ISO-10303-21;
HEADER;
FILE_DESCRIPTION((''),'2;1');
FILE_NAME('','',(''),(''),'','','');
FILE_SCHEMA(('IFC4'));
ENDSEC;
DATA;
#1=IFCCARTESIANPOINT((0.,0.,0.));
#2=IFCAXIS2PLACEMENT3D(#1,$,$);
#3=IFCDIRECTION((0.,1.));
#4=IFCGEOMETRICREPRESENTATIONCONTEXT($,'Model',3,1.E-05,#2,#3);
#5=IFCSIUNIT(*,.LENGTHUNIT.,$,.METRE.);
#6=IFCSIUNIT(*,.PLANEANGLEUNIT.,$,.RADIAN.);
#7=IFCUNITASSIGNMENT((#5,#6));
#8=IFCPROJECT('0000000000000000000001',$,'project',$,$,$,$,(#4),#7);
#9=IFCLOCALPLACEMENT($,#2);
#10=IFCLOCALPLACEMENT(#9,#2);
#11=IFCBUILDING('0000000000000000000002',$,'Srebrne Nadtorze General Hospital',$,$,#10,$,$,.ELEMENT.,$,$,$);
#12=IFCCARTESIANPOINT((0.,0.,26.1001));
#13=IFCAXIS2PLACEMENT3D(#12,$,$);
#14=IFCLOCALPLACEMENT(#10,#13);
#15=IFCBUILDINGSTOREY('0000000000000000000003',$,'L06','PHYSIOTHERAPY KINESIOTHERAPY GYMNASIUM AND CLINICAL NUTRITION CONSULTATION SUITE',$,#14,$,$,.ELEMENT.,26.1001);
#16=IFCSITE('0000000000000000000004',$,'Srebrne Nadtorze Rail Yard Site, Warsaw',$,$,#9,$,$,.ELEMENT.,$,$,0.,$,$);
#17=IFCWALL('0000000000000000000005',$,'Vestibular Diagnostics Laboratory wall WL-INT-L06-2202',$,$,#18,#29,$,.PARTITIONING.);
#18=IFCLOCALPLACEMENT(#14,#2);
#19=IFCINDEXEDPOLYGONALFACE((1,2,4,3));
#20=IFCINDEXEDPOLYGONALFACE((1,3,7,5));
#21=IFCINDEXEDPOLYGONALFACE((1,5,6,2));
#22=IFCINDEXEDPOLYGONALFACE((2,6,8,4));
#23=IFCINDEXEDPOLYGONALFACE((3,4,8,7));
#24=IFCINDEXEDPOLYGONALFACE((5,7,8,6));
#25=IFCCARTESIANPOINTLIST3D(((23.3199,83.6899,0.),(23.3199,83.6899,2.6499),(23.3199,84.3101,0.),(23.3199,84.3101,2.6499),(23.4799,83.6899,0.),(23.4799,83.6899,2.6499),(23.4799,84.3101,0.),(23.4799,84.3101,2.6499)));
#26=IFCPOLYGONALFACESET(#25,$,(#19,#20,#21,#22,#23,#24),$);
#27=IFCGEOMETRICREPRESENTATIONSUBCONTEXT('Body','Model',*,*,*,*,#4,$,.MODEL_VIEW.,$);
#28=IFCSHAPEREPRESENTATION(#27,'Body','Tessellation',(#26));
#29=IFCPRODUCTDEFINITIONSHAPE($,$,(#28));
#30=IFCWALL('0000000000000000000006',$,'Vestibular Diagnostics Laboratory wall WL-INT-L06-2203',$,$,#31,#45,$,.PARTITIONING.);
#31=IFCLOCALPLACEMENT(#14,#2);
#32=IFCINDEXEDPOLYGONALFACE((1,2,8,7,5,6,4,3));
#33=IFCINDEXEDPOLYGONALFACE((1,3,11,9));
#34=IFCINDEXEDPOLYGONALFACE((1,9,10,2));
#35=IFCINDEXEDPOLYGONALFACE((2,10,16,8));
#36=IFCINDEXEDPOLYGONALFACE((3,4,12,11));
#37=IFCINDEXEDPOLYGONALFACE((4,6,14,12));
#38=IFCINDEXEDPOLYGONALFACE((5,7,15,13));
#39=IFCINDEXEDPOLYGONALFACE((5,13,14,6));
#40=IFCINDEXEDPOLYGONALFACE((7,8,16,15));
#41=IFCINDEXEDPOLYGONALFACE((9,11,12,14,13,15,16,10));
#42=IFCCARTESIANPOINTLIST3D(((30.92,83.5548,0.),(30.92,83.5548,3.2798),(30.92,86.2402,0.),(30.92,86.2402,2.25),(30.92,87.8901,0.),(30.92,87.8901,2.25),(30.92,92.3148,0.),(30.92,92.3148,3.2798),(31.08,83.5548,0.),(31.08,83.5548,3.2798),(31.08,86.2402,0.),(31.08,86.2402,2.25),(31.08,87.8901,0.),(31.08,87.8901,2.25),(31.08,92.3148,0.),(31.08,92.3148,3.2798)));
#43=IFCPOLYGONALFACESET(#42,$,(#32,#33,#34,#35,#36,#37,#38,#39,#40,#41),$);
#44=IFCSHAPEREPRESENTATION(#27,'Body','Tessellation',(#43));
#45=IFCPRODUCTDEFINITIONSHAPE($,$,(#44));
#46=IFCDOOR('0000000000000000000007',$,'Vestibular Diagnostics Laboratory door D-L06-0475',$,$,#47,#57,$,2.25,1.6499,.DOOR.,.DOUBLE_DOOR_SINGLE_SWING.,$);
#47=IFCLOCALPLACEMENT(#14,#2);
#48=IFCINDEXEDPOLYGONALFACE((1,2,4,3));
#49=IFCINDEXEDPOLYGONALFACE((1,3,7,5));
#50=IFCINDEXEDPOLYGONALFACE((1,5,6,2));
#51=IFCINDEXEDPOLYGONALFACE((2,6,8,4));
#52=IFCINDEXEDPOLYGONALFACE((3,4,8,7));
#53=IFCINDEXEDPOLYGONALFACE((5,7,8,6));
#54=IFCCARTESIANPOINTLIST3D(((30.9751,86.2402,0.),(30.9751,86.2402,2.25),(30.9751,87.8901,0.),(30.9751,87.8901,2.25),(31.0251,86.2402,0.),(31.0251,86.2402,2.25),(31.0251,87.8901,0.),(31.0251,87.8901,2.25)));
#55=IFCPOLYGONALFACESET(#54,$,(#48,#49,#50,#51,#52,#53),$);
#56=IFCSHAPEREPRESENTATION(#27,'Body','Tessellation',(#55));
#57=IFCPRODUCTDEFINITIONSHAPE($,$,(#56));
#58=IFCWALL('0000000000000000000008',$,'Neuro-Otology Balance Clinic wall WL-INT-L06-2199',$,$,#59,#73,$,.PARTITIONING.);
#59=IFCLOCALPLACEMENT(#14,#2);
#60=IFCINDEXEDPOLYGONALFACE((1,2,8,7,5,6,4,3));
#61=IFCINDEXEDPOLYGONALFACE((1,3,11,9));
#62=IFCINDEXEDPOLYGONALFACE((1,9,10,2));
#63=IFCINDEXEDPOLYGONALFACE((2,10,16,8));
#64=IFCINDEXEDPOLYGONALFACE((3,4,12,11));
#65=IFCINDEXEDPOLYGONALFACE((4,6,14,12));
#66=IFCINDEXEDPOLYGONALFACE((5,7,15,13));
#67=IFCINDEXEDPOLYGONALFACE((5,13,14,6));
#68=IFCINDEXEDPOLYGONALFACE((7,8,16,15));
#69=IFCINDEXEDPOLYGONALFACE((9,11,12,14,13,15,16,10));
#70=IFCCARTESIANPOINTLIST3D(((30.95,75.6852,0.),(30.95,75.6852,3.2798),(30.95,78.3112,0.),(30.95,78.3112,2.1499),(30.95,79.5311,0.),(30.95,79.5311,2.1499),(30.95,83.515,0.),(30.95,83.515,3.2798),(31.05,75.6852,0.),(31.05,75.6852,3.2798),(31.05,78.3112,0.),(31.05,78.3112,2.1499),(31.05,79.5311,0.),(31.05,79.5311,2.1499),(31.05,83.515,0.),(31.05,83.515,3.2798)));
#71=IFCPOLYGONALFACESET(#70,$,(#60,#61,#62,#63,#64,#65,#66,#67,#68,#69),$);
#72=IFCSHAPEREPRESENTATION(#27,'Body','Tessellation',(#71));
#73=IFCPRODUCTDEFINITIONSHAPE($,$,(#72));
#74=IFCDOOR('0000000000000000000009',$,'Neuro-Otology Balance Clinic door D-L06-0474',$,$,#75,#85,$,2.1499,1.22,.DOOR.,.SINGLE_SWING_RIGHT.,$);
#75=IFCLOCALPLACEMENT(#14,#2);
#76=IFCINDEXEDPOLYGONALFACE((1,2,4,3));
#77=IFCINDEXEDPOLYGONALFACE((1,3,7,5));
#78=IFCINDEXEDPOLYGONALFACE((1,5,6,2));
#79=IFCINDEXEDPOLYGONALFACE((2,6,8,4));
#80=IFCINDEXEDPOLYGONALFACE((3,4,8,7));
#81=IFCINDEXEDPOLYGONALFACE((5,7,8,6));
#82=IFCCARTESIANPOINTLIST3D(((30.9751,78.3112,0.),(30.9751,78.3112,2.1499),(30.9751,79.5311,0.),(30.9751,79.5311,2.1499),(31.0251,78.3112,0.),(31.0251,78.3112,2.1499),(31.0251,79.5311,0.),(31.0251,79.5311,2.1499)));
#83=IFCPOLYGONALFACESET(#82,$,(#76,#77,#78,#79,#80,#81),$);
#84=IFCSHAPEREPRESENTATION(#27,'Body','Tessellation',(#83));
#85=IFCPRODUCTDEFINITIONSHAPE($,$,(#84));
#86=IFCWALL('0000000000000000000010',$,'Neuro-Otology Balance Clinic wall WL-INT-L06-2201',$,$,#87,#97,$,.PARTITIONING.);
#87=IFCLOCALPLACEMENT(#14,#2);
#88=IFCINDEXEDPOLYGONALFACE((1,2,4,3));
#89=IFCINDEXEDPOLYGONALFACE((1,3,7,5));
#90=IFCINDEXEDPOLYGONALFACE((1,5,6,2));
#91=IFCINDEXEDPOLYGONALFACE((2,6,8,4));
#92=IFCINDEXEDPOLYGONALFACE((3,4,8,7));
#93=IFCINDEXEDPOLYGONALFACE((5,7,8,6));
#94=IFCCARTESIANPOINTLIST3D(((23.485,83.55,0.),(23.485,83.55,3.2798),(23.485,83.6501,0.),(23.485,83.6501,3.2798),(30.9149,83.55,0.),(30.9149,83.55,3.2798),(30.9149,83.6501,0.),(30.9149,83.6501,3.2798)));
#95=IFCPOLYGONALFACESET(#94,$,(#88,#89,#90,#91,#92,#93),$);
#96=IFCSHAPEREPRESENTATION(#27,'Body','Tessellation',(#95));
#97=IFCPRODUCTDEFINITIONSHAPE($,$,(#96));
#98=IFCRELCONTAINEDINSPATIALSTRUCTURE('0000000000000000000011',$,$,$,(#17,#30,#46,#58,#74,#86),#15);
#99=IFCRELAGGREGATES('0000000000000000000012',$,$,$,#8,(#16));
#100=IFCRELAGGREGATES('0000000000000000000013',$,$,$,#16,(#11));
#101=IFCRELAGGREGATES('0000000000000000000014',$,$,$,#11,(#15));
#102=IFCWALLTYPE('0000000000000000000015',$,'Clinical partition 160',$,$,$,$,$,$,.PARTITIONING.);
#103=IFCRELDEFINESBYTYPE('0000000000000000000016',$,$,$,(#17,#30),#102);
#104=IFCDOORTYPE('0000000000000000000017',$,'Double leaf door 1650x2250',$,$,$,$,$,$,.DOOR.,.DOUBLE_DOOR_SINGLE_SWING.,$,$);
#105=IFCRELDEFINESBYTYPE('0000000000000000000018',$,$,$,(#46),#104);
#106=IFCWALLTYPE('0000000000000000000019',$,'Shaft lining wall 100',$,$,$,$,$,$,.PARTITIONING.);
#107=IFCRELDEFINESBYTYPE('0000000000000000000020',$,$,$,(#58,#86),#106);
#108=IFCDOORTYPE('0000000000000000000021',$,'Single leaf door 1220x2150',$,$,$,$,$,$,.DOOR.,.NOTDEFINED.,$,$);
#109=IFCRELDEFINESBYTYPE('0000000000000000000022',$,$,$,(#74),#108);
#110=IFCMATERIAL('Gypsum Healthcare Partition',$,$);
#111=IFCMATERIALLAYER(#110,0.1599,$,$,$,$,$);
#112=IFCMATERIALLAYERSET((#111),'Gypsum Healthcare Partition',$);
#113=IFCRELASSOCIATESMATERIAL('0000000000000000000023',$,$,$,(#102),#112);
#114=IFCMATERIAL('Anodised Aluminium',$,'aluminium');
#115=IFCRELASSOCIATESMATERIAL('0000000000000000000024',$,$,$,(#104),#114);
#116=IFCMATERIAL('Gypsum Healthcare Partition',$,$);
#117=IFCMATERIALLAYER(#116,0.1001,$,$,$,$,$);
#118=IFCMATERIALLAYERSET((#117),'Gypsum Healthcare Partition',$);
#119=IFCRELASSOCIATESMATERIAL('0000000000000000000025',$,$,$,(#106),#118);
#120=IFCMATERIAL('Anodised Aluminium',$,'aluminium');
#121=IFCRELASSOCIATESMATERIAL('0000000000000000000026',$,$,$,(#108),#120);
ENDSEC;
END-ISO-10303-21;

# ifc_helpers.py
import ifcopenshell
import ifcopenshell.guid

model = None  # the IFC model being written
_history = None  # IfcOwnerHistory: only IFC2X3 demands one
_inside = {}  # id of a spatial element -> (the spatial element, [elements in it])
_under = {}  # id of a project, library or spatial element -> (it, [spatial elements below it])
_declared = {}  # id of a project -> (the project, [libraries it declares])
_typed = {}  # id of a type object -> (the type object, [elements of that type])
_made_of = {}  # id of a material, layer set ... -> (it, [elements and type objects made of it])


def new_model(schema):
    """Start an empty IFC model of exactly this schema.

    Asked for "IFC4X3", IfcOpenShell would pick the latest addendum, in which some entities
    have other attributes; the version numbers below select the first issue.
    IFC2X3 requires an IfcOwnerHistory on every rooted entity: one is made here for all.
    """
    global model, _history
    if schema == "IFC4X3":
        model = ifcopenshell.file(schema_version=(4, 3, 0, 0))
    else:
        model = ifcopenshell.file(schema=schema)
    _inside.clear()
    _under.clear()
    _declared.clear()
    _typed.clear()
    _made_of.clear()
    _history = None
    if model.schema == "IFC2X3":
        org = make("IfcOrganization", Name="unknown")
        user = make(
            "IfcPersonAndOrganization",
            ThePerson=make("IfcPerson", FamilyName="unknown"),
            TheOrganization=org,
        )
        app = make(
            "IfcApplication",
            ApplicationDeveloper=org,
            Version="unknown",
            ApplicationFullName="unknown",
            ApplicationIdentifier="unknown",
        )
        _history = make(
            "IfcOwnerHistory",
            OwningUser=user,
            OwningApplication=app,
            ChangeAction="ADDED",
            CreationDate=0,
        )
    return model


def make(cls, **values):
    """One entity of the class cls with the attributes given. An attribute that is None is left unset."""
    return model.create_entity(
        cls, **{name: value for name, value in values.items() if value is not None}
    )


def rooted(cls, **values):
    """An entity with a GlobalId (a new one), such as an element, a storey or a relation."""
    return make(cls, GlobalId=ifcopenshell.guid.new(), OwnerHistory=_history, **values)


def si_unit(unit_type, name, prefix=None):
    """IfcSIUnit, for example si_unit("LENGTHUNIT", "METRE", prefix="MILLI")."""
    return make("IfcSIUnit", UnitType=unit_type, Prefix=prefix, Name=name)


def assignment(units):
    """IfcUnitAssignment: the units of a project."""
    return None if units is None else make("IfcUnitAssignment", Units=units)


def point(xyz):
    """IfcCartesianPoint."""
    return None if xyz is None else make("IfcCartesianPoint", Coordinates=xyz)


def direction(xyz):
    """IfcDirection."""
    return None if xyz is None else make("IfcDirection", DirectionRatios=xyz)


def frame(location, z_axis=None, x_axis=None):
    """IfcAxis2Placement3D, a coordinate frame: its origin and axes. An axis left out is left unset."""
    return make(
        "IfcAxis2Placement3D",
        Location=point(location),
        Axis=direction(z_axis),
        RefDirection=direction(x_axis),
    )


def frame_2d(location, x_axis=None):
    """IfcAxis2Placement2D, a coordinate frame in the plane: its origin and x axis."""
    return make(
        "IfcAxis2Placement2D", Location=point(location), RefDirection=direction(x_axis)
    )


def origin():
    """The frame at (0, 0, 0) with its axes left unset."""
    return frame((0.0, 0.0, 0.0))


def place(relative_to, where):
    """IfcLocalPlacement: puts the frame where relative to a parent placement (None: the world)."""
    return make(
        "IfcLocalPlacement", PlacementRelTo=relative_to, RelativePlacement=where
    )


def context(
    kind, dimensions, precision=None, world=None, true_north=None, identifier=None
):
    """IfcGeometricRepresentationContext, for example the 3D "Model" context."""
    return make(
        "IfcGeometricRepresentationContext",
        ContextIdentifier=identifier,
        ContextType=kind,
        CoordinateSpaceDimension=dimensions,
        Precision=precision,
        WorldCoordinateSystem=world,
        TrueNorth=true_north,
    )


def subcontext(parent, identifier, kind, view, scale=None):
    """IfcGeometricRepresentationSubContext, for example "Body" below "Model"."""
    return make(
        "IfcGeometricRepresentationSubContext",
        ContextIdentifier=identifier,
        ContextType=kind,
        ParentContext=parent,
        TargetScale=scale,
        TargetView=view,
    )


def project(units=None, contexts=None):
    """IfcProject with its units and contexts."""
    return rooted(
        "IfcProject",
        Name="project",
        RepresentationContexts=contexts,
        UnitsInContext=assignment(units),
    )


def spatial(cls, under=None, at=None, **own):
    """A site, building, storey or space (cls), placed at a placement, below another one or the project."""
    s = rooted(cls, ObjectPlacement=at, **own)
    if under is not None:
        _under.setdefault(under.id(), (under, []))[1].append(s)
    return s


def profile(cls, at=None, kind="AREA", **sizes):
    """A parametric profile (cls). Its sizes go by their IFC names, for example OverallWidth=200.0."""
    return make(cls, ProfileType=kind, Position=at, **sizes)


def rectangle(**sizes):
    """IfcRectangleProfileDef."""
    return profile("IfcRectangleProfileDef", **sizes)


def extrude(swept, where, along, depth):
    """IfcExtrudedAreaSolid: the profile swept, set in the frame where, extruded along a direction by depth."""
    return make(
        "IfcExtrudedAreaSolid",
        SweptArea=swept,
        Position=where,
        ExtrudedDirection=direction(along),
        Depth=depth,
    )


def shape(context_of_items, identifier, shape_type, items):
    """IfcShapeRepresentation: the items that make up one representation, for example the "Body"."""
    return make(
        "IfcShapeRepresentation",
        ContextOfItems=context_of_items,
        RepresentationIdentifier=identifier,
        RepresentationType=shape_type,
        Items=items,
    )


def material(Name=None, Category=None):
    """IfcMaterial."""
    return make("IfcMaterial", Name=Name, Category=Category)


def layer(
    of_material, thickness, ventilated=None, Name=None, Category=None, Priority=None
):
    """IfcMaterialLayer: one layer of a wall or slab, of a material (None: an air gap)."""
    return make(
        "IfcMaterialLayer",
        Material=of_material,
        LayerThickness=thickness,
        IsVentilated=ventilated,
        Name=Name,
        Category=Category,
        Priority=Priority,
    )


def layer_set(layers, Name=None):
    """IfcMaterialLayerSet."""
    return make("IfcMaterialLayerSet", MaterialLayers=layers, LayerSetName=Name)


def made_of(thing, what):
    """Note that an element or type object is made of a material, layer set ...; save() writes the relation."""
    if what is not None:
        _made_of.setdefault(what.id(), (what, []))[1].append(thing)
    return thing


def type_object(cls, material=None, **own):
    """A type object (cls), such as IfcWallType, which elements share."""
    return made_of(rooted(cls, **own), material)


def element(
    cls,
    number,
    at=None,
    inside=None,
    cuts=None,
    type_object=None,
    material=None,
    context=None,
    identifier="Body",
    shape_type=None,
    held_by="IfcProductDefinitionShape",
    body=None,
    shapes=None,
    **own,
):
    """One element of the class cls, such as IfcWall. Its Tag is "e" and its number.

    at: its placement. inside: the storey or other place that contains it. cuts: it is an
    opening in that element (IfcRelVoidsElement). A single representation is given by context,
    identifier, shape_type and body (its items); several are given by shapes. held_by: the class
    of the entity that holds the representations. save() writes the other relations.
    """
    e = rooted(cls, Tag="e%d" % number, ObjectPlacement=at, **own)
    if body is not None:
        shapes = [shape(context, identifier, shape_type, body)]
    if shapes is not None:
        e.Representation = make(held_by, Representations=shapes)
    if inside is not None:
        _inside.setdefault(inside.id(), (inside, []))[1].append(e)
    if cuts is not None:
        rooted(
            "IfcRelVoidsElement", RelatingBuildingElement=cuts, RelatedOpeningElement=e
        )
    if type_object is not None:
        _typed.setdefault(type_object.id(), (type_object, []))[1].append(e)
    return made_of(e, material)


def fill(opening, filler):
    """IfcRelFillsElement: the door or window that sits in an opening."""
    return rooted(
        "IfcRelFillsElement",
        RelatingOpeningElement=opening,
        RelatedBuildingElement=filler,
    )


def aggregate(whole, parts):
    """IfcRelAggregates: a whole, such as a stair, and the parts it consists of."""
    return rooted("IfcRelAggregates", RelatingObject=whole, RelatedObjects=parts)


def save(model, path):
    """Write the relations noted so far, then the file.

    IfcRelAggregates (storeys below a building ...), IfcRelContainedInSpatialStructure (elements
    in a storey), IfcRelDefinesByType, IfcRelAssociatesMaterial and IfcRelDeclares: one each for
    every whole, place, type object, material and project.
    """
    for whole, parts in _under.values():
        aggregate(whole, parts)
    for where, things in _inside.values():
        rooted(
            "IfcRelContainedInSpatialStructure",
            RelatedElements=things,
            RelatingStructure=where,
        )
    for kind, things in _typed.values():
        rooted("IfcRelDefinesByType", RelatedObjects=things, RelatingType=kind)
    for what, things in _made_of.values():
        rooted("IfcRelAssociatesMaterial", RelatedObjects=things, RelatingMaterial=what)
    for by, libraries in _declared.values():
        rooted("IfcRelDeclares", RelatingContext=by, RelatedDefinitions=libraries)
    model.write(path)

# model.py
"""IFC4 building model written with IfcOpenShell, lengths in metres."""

from ifc_helpers import new_model, si_unit, direction, frame, frame_2d, origin, place, context, subcontext, project, spatial, rectangle, extrude, material, layer, layer_set, type_object, element, fill, save


model = new_model("IFC4")

# Units and contexts
model_context = context("Model", 3, precision=1e-05, world=origin(), true_north=direction((0.0, 1.0)))
body_context = subcontext(model_context, "Body", "Model", "MODEL_VIEW")
ifc_project = project(units=[si_unit("LENGTHUNIT", "METRE"), si_unit("PLANEANGLEUNIT", "RADIAN")], contexts=[model_context])

# Site, building, storey
site_placement = place(None, origin())
site = spatial("IfcSite", under=ifc_project, at=site_placement, Name="Srebrne Nadtorze Rail Yard Site, Warsaw", CompositionType="ELEMENT", RefElevation=0.0)
building_placement = place(site_placement, origin())
building = spatial("IfcBuilding", under=site, at=building_placement, Name="Srebrne Nadtorze General Hospital", CompositionType="ELEMENT")
storey_placement = place(building_placement, frame((0.0, 0.0, 26.1001)))
storey = spatial("IfcBuildingStorey", under=building, at=storey_placement, Name="L06", Description="PHYSIOTHERAPY KINESIOTHERAPY GYMNASIUM AND CLINICAL NUTRITION CONSULTATION SUITE", CompositionType="ELEMENT", Elevation=26.1001)

# Shared definitions
ifc_material_1 = material(Name="Gypsum Healthcare Partition")
ifc_layer_1 = layer(ifc_material_1, 0.1599)
ifc_layer_set_1 = layer_set([ifc_layer_1], Name="Gypsum Healthcare Partition")
wall_type_1 = type_object("IfcWallType", Name="Clinical partition 160", PredefinedType="PARTITIONING", material=ifc_layer_set_1)

# Wall
wall_1_placement = place(storey_placement, frame((23.3999, 83.6899, 0.0), z_axis=(0.0, 0.0, 1.0), x_axis=(0.0, 1.0, 0.0)))
element("IfcWall", 1, at=wall_1_placement, inside=storey, type_object=wall_type_1, Name="Vestibular Diagnostics Laboratory wall WL-INT-L06-2202", PredefinedType="PARTITIONING", context=body_context, shape_type="SweptSolid", body=[
    extrude(rectangle(XDim=0.6201, YDim=0.1599, at=frame_2d((0.3101, 0.0))), origin(), (0.0, 0.0, 1.0), 2.6499),
])

# Walls, openings, doors
wall_2_placement = place(storey_placement, frame((31.0, 83.5549, 0.0), z_axis=(0.0, 0.0, 1.0), x_axis=(0.0, 1.0, 0.0)))
wall_2 = element("IfcWall", 2, at=wall_2_placement, inside=storey, type_object=wall_type_1, Name="Vestibular Diagnostics Laboratory wall WL-INT-L06-2203", PredefinedType="PARTITIONING", context=body_context, shape_type="SweptSolid", body=[
    extrude(rectangle(XDim=8.76, YDim=0.1599, at=frame_2d((4.3799, 0.0))), origin(), (0.0, 0.0, 1.0), 3.2798),
])
opening_1_placement = place(wall_2_placement, frame((2.6853, 0.0, 0.0)))
opening_1 = element("IfcOpeningElement", 3, at=opening_1_placement, cuts=wall_2, PredefinedType="OPENING", context=body_context, shape_type="SweptSolid", body=[
    extrude(rectangle(XDim=1.6499, YDim=2.25, at=frame_2d((0.825, 1.125))), frame((0.0, 0.0918, 0.0), z_axis=(0.0, -1.0, 0.0), x_axis=(1.0, 0.0, 0.0)), (0.0, 0.0, 1.0), 0.1838),
])
ifc_material_2 = material(Name="Anodised Aluminium", Category="aluminium")
door_type_1 = type_object("IfcDoorType", Name="Double leaf door 1650x2250", OperationType="DOUBLE_DOOR_SINGLE_SWING", PredefinedType="DOOR", material=ifc_material_2)
door_1_placement = place(opening_1_placement, origin())
door_1 = element("IfcDoor", 4, at=door_1_placement, inside=storey, type_object=door_type_1, Name="Vestibular Diagnostics Laboratory door D-L06-0475", OperationType="DOUBLE_DOOR_SINGLE_SWING", OverallHeight=2.25, OverallWidth=1.6499, PredefinedType="DOOR", context=body_context, shape_type="SweptSolid", body=[
    extrude(rectangle(XDim=1.6499, YDim=2.25, at=frame_2d((0.825, 1.125))), frame((0.0, 0.0249, 0.0), z_axis=(0.0, -1.0, 0.0), x_axis=(1.0, 0.0, 0.0)), (0.0, 0.0, 1.0), 0.05),
])
fill(opening_1, door_1)
ifc_material_3 = material(Name="Gypsum Healthcare Partition")
ifc_layer_2 = layer(ifc_material_3, 0.1001)
ifc_layer_set_2 = layer_set([ifc_layer_2], Name="Gypsum Healthcare Partition")
wall_type_2 = type_object("IfcWallType", Name="Shaft lining wall 100", PredefinedType="PARTITIONING", material=ifc_layer_set_2)
wall_3_placement = place(storey_placement, frame((31.0, 75.6851, 0.0), z_axis=(0.0, 0.0, 1.0), x_axis=(0.0, 1.0, 0.0)))
wall_3 = element("IfcWall", 5, at=wall_3_placement, inside=storey, type_object=wall_type_2, Name="Neuro-Otology Balance Clinic wall WL-INT-L06-2199", PredefinedType="PARTITIONING", context=body_context, shape_type="SweptSolid", body=[
    extrude(rectangle(XDim=7.8298, YDim=0.1001, at=frame_2d((3.915, 0.0))), origin(), (0.0, 0.0, 1.0), 3.2798),
])
opening_2_placement = place(wall_3_placement, frame((2.6262, 0.0, 0.0)))
opening_2 = element("IfcOpeningElement", 6, at=opening_2_placement, cuts=wall_3, PredefinedType="OPENING", context=body_context, shape_type="SweptSolid", body=[
    extrude(rectangle(XDim=1.22, YDim=2.1499, at=frame_2d((0.6099, 1.075))), frame((0.0, 0.062, 0.0), z_axis=(0.0, -1.0, 0.0), x_axis=(1.0, 0.0, 0.0)), (0.0, 0.0, 1.0), 0.124),
])
ifc_material_4 = material(Name="Anodised Aluminium", Category="aluminium")
door_type_2 = type_object("IfcDoorType", Name="Single leaf door 1220x2150", OperationType="NOTDEFINED", PredefinedType="DOOR", material=ifc_material_4)
door_2_placement = place(opening_2_placement, origin())
door_2 = element("IfcDoor", 7, at=door_2_placement, inside=storey, type_object=door_type_2, Name="Neuro-Otology Balance Clinic door D-L06-0474", OperationType="SINGLE_SWING_RIGHT", OverallHeight=2.1499, OverallWidth=1.22, PredefinedType="DOOR", context=body_context, shape_type="SweptSolid", body=[
    extrude(rectangle(XDim=1.22, YDim=2.1499, at=frame_2d((0.6099, 1.075))), frame((0.0, 0.0249, 0.0), z_axis=(0.0, -1.0, 0.0), x_axis=(1.0, 0.0, 0.0)), (0.0, 0.0, 1.0), 0.05),
])
fill(opening_2, door_2)

# Wall
wall_4_placement = place(storey_placement, frame((23.4851, 83.6001, 0.0), z_axis=(0.0, 0.0, 1.0), x_axis=(1.0, 0.0, 0.0)))
element("IfcWall", 8, at=wall_4_placement, inside=storey, type_object=wall_type_2, Name="Neuro-Otology Balance Clinic wall WL-INT-L06-2201", PredefinedType="PARTITIONING", context=body_context, shape_type="SweptSolid", body=[
    extrude(rectangle(XDim=7.4299, YDim=0.1001, at=frame_2d((3.7148, 0.0))), origin(), (0.0, 0.0, 1.0), 3.2798),
])

save(model, "model.ifc")
